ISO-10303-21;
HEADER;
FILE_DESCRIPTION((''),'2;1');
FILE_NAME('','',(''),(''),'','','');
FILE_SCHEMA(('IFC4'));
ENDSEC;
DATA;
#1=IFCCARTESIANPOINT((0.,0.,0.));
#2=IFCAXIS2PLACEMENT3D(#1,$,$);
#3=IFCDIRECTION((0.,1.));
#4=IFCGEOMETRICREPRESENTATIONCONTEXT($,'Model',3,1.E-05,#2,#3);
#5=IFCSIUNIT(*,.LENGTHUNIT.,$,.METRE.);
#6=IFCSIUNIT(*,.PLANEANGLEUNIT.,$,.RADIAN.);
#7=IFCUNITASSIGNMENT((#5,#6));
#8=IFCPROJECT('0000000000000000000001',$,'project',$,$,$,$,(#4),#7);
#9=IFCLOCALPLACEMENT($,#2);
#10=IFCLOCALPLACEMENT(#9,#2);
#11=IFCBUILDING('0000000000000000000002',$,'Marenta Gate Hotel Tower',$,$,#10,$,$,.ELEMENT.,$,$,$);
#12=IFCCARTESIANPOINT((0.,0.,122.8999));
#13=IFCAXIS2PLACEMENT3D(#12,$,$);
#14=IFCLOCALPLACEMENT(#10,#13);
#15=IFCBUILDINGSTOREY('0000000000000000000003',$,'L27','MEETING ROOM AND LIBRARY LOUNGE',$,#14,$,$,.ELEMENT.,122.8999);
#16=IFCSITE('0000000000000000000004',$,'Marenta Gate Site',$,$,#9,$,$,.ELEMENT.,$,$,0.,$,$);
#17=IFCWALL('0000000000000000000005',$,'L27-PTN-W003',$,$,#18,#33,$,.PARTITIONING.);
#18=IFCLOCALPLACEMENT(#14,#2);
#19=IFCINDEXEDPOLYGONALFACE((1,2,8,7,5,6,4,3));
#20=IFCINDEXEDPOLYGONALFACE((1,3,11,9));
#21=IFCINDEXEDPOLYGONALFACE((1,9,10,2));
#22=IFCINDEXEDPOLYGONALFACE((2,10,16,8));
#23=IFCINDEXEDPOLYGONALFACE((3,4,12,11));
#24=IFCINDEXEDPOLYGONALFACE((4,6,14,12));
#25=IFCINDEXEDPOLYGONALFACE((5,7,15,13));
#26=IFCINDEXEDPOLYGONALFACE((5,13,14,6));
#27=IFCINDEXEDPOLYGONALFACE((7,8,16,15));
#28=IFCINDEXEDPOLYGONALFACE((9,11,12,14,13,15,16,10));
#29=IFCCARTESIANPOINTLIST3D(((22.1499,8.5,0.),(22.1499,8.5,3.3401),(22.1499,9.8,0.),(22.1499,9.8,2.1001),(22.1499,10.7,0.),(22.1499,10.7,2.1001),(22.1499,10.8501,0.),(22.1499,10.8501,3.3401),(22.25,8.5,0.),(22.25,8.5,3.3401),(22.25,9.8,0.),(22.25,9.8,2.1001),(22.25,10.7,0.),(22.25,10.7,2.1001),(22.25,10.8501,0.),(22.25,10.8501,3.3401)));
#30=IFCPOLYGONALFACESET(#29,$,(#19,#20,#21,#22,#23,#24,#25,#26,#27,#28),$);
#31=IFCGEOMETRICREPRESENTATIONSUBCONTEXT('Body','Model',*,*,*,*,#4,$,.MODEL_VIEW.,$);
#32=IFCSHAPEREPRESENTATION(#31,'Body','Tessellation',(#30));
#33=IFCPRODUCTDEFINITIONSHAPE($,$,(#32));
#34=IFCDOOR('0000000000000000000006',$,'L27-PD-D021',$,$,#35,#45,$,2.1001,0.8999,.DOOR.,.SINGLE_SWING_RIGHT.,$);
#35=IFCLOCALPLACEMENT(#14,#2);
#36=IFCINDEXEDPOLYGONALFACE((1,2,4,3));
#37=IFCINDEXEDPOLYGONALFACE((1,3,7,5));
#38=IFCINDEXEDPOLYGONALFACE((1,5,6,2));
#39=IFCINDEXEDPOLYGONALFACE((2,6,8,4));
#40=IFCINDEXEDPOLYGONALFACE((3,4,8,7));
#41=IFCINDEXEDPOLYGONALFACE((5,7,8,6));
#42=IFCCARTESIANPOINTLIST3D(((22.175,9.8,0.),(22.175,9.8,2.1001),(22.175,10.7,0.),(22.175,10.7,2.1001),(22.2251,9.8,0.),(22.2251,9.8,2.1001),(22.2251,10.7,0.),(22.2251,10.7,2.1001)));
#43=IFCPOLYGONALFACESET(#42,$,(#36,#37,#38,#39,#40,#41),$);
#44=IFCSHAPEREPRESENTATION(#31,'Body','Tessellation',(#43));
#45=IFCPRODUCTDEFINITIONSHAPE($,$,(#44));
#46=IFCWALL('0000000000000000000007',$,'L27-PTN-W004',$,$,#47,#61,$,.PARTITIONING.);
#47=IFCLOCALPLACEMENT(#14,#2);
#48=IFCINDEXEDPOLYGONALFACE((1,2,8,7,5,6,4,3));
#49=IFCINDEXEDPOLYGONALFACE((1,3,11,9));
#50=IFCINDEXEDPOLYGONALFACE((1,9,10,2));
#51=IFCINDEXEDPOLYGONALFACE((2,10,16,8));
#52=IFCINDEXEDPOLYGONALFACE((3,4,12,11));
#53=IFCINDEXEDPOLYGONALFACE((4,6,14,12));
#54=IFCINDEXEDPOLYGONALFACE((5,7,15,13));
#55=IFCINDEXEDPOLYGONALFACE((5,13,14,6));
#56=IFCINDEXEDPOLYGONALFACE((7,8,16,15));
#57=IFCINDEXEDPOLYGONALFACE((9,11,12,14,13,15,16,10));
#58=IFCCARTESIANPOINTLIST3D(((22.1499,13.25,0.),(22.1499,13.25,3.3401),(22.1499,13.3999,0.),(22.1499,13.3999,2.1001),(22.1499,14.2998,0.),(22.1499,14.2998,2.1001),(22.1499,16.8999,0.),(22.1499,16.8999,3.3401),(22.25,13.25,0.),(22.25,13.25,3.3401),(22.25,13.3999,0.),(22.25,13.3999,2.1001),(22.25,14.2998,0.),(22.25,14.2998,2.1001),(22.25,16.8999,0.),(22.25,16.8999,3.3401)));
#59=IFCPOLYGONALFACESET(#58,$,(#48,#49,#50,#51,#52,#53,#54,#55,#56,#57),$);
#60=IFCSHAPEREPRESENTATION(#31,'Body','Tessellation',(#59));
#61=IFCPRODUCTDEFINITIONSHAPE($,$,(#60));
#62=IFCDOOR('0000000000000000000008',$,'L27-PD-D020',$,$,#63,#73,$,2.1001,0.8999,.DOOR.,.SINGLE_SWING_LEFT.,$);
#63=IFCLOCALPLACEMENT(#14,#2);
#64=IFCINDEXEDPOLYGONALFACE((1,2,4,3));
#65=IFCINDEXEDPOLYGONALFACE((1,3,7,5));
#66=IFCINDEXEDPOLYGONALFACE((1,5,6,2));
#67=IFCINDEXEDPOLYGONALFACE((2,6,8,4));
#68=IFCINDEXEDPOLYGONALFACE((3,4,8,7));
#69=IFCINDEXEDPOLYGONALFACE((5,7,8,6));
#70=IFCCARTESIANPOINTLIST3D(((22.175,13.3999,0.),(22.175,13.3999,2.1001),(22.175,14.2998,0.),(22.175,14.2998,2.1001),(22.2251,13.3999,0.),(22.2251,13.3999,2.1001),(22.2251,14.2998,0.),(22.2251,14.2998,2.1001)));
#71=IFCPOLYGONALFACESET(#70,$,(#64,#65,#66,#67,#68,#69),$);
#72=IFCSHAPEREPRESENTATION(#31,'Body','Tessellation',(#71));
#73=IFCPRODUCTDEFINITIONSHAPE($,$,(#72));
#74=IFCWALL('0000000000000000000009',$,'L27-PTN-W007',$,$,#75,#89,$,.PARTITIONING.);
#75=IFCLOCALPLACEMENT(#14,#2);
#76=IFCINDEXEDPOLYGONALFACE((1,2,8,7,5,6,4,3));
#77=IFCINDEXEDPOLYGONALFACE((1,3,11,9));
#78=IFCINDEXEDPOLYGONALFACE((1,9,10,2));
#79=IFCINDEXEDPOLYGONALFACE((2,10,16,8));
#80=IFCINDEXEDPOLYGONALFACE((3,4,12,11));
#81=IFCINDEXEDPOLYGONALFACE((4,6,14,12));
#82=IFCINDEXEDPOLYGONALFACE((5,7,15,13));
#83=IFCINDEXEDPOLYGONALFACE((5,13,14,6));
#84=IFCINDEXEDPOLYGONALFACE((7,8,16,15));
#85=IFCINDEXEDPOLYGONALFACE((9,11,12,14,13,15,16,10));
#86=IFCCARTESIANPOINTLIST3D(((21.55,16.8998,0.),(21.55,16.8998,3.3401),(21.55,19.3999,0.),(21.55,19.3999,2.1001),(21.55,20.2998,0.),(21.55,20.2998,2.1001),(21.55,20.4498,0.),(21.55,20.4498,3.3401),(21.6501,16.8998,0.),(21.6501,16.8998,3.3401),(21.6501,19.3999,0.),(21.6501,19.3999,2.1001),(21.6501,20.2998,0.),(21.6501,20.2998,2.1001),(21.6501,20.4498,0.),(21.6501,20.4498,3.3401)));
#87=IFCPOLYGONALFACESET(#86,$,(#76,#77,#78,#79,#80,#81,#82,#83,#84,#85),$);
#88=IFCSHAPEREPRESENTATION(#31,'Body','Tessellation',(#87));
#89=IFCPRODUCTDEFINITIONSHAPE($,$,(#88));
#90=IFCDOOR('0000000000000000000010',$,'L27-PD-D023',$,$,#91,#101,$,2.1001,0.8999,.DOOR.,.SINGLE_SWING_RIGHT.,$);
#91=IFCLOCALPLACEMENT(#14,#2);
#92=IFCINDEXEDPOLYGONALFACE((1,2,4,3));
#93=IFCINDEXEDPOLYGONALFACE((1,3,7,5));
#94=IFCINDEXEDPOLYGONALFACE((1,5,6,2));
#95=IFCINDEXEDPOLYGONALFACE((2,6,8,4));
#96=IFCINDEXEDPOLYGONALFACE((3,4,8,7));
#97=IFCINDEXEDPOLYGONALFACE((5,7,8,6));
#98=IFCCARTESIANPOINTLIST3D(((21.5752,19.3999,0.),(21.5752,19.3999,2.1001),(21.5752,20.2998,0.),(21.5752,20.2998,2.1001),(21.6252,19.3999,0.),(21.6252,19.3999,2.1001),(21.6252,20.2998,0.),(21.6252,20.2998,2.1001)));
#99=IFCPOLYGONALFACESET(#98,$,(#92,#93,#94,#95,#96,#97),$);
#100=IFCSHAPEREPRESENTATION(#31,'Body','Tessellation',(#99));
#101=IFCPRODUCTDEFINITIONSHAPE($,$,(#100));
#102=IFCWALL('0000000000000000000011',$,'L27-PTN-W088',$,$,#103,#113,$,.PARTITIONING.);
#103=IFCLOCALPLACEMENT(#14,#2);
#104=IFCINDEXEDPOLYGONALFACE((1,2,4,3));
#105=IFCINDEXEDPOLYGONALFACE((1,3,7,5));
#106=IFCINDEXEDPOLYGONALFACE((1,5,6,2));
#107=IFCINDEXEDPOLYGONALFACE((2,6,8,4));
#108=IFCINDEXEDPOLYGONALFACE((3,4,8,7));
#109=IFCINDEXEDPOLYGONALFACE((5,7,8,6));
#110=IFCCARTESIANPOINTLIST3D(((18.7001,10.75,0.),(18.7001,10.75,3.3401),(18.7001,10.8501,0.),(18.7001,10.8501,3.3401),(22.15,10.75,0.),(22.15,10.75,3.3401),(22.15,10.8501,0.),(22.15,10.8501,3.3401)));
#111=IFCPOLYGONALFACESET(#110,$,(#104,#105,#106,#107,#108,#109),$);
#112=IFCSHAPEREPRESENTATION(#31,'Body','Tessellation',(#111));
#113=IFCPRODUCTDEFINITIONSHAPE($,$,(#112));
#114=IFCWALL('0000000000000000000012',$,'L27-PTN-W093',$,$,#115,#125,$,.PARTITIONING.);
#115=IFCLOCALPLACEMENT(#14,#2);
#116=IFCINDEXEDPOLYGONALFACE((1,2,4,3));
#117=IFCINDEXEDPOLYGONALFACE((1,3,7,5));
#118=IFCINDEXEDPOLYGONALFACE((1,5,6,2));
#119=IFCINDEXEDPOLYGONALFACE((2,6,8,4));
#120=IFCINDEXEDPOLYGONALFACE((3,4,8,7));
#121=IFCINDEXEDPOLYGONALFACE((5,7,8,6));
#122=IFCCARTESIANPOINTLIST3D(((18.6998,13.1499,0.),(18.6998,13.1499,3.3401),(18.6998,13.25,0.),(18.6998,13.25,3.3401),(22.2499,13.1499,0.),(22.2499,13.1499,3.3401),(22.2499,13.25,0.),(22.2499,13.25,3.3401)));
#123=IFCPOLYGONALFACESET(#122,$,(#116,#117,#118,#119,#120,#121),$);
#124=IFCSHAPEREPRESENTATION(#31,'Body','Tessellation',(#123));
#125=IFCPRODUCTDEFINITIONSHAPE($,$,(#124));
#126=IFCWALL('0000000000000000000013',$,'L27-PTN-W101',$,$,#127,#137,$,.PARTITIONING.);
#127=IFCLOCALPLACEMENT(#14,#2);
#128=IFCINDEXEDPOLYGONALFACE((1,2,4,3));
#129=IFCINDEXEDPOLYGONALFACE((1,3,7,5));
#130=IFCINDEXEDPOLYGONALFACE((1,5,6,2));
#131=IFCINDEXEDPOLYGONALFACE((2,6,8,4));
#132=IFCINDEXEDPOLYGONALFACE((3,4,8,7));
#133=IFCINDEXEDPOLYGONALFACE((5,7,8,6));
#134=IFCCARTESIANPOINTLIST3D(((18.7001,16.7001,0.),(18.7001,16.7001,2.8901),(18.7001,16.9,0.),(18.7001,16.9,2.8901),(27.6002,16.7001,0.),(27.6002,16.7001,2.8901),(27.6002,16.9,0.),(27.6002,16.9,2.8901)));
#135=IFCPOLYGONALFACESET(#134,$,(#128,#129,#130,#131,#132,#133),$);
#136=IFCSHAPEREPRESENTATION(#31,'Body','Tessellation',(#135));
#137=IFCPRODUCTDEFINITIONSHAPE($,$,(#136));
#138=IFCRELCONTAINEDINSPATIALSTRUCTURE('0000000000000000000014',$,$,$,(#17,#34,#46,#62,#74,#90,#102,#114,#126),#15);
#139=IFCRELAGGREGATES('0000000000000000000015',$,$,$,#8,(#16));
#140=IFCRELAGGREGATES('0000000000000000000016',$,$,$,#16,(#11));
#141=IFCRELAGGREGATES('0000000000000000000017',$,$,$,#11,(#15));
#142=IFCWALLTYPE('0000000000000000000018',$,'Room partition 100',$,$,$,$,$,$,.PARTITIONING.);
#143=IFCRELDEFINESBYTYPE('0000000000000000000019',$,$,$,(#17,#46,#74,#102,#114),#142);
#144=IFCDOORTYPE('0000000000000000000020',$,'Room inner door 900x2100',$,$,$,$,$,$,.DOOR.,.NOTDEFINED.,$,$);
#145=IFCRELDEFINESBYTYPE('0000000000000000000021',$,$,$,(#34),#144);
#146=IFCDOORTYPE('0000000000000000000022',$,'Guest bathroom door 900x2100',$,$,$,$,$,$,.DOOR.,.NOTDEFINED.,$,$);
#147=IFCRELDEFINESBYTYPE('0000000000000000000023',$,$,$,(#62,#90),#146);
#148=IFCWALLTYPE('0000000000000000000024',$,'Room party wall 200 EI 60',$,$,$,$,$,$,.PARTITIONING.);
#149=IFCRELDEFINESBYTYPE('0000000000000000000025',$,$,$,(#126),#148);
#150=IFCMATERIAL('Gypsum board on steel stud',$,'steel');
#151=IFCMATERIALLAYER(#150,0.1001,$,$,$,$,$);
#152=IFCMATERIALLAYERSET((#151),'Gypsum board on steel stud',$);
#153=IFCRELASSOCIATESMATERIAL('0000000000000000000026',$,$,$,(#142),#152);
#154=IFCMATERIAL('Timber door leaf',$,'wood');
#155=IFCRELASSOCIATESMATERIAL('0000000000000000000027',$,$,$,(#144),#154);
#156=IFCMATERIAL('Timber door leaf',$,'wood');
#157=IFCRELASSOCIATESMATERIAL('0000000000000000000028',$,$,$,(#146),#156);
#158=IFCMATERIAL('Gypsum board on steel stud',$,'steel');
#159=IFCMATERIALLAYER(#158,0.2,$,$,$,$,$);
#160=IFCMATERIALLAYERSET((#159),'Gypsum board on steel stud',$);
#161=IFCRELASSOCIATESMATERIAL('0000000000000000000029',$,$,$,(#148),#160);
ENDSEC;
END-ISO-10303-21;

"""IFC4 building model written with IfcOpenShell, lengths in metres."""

from ifc_helpers import new_model, si_unit, direction, frame, frame_2d, origin, place, context, subcontext, project, spatial, rectangle, extrude, material, layer, layer_set, type_object, element, fill, save


model = new_model("IFC4")

# Units and contexts
model_context = context("Model", 3, precision=1e-05, world=origin(), true_north=direction((0.0, 1.0)))
body_context = subcontext(model_context, "Body", "Model", "MODEL_VIEW")
ifc_project = project(units=[si_unit("LENGTHUNIT", "METRE"), si_unit("PLANEANGLEUNIT", "RADIAN")], contexts=[model_context])

# Site, building, storey
site_placement = place(None, origin())
site = spatial("IfcSite", under=ifc_project, at=site_placement, Name="Marenta Gate Site", CompositionType="ELEMENT", RefElevation=0.0)
building_placement = place(site_placement, origin())
building = spatial("IfcBuilding", under=site, at=building_placement, Name="Marenta Gate Hotel Tower", CompositionType="ELEMENT")
storey_placement = place(building_placement, frame((0.0, 0.0, 122.8999)))
storey = spatial("IfcBuildingStorey", under=building, at=storey_placement, Name="L27", Description="MEETING ROOM AND LIBRARY LOUNGE", CompositionType="ELEMENT", Elevation=122.8999)

# Walls, openings, doors
ifc_material_1 = material(Name="Gypsum board on steel stud", Category="steel")
ifc_layer_1 = layer(ifc_material_1, 0.1001)
ifc_layer_set_1 = layer_set([ifc_layer_1], Name="Gypsum board on steel stud")
wall_type_1 = type_object("IfcWallType", Name="Room partition 100", PredefinedType="PARTITIONING", material=ifc_layer_set_1)
wall_1_placement = place(storey_placement, frame((22.2, 8.5, 0.0), z_axis=(0.0, 0.0, 1.0), x_axis=(0.0, 1.0, 0.0)))
wall_1 = element("IfcWall", 1, at=wall_1_placement, inside=storey, type_object=wall_type_1, Name="L27-PTN-W003", PredefinedType="PARTITIONING", context=body_context, shape_type="SweptSolid", body=[
    extrude(rectangle(XDim=2.3501, YDim=0.1001, at=frame_2d((1.175, 0.0))), origin(), (0.0, 0.0, 1.0), 3.3401),
])
opening_1_placement = place(wall_1_placement, frame((1.3, 0.0, 0.0)))
opening_1 = element("IfcOpeningElement", 2, at=opening_1_placement, cuts=wall_1, PredefinedType="OPENING", context=body_context, shape_type="SweptSolid", body=[
    extrude(rectangle(XDim=0.8999, YDim=2.1001, at=frame_2d((0.45, 1.05))), frame((0.0, 0.05, 0.0), z_axis=(0.0, -1.0, 0.0), x_axis=(1.0, 0.0, 0.0)), (0.0, 0.0, 1.0), 0.1001),
])
ifc_material_2 = material(Name="Timber door leaf", Category="wood")
door_type_1 = type_object("IfcDoorType", Name="Room inner door 900x2100", OperationType="NOTDEFINED", PredefinedType="DOOR", material=ifc_material_2)
door_1_placement = place(opening_1_placement, origin())
door_1 = element("IfcDoor", 3, at=door_1_placement, inside=storey, type_object=door_type_1, Name="L27-PD-D021", OperationType="SINGLE_SWING_RIGHT", OverallHeight=2.1001, OverallWidth=0.8999, PredefinedType="DOOR", context=body_context, shape_type="SweptSolid", body=[
    extrude(rectangle(XDim=0.8999, YDim=2.1001, at=frame_2d((0.45, 1.05))), frame((0.0, 0.0249, 0.0), z_axis=(0.0, -1.0, 0.0), x_axis=(1.0, 0.0, 0.0)), (0.0, 0.0, 1.0), 0.05),
])
fill(opening_1, door_1)
wall_2_placement = place(storey_placement, frame((22.2, 13.25, 0.0), z_axis=(0.0, 0.0, 1.0), x_axis=(0.0, 1.0, 0.0)))
wall_2 = element("IfcWall", 4, at=wall_2_placement, inside=storey, type_object=wall_type_1, Name="L27-PTN-W004", PredefinedType="PARTITIONING", context=body_context, shape_type="SweptSolid", body=[
    extrude(rectangle(XDim=3.6499, YDim=0.1001, at=frame_2d((1.825, 0.0))), origin(), (0.0, 0.0, 1.0), 3.3401),
])
opening_2_placement = place(wall_2_placement, frame((0.1499, 0.0, 0.0)))
opening_2 = element("IfcOpeningElement", 5, at=opening_2_placement, cuts=wall_2, PredefinedType="OPENING", context=body_context, shape_type="SweptSolid", body=[
    extrude(rectangle(XDim=0.8999, YDim=2.1001, at=frame_2d((0.45, 1.05))), frame((0.0, 0.05, 0.0), z_axis=(0.0, -1.0, 0.0), x_axis=(1.0, 0.0, 0.0)), (0.0, 0.0, 1.0), 0.1001),
])
ifc_material_3 = material(Name="Timber door leaf", Category="wood")
door_type_2 = type_object("IfcDoorType", Name="Guest bathroom door 900x2100", OperationType="NOTDEFINED", PredefinedType="DOOR", material=ifc_material_3)
door_2_placement = place(opening_2_placement, origin())
door_2 = element("IfcDoor", 6, at=door_2_placement, inside=storey, type_object=door_type_2, Name="L27-PD-D020", OperationType="SINGLE_SWING_LEFT", OverallHeight=2.1001, OverallWidth=0.8999, PredefinedType="DOOR", context=body_context, shape_type="SweptSolid", body=[
    extrude(rectangle(XDim=0.8999, YDim=2.1001, at=frame_2d((0.45, 1.05))), frame((0.0, 0.0249, 0.0), z_axis=(0.0, -1.0, 0.0), x_axis=(1.0, 0.0, 0.0)), (0.0, 0.0, 1.0), 0.05),
])
fill(opening_2, door_2)
wall_3_placement = place(storey_placement, frame((21.6001, 16.8999, 0.0), z_axis=(0.0, 0.0, 1.0), x_axis=(0.0, 1.0, 0.0)))
wall_3 = element("IfcWall", 7, at=wall_3_placement, inside=storey, type_object=wall_type_1, Name="L27-PTN-W007", PredefinedType="PARTITIONING", context=body_context, shape_type="SweptSolid", body=[
    extrude(rectangle(XDim=3.55, YDim=0.1001, at=frame_2d((1.7749, 0.0))), origin(), (0.0, 0.0, 1.0), 3.3401),
])
opening_3_placement = place(wall_3_placement, frame((2.5, 0.0, 0.0)))
opening_3 = element("IfcOpeningElement", 8, at=opening_3_placement, cuts=wall_3, PredefinedType="OPENING", context=body_context, shape_type="SweptSolid", body=[
    extrude(rectangle(XDim=0.8999, YDim=2.1001, at=frame_2d((0.45, 1.05))), frame((0.0, 0.05, 0.0), z_axis=(0.0, -1.0, 0.0), x_axis=(1.0, 0.0, 0.0)), (0.0, 0.0, 1.0), 0.1001),
])
door_3_placement = place(opening_3_placement, origin())
door_3 = element("IfcDoor", 9, at=door_3_placement, inside=storey, type_object=door_type_2, Name="L27-PD-D023", OperationType="SINGLE_SWING_RIGHT", OverallHeight=2.1001, OverallWidth=0.8999, PredefinedType="DOOR", context=body_context, shape_type="SweptSolid", body=[
    extrude(rectangle(XDim=0.8999, YDim=2.1001, at=frame_2d((0.45, 1.05))), frame((0.0, 0.0249, 0.0), z_axis=(0.0, -1.0, 0.0), x_axis=(1.0, 0.0, 0.0)), (0.0, 0.0, 1.0), 0.05),
])
fill(opening_3, door_3)

# Walls
wall_4_placement = place(storey_placement, frame((18.7, 10.8, 0.0), z_axis=(0.0, 0.0, 1.0), x_axis=(1.0, 0.0, 0.0)))
element("IfcWall", 10, at=wall_4_placement, inside=storey, type_object=wall_type_1, Name="L27-PTN-W088", PredefinedType="PARTITIONING", context=body_context, shape_type="SweptSolid", body=[
    extrude(rectangle(XDim=3.45, YDim=0.1001, at=frame_2d((1.7251, 0.0))), origin(), (0.0, 0.0, 1.0), 3.3401),
])
wall_5_placement = place(storey_placement, frame((18.7, 13.2, 0.0), z_axis=(0.0, 0.0, 1.0), x_axis=(1.0, 0.0, 0.0)))
element("IfcWall", 11, at=wall_5_placement, inside=storey, type_object=wall_type_1, Name="L27-PTN-W093", PredefinedType="PARTITIONING", context=body_context, shape_type="SweptSolid", body=[
    extrude(rectangle(XDim=3.55, YDim=0.1001, at=frame_2d((1.7749, 0.0))), origin(), (0.0, 0.0, 1.0), 3.3401),
])
ifc_material_4 = material(Name="Gypsum board on steel stud", Category="steel")
ifc_layer_2 = layer(ifc_material_4, 0.2)
ifc_layer_set_2 = layer_set([ifc_layer_2], Name="Gypsum board on steel stud")
wall_type_2 = type_object("IfcWallType", Name="Room party wall 200 EI 60", PredefinedType="PARTITIONING", material=ifc_layer_set_2)
wall_6_placement = place(storey_placement, frame((18.7, 16.8, 0.0), z_axis=(0.0, 0.0, 1.0), x_axis=(1.0, 0.0, 0.0)))
element("IfcWall", 12, at=wall_6_placement, inside=storey, type_object=wall_type_2, Name="L27-PTN-W101", PredefinedType="PARTITIONING", context=body_context, shape_type="SweptSolid", body=[
    extrude(rectangle(XDim=8.9001, YDim=0.2, at=frame_2d((4.4502, 0.0))), origin(), (0.0, 0.0, 1.0), 2.8901),
])

save(model, "model.ifc")
